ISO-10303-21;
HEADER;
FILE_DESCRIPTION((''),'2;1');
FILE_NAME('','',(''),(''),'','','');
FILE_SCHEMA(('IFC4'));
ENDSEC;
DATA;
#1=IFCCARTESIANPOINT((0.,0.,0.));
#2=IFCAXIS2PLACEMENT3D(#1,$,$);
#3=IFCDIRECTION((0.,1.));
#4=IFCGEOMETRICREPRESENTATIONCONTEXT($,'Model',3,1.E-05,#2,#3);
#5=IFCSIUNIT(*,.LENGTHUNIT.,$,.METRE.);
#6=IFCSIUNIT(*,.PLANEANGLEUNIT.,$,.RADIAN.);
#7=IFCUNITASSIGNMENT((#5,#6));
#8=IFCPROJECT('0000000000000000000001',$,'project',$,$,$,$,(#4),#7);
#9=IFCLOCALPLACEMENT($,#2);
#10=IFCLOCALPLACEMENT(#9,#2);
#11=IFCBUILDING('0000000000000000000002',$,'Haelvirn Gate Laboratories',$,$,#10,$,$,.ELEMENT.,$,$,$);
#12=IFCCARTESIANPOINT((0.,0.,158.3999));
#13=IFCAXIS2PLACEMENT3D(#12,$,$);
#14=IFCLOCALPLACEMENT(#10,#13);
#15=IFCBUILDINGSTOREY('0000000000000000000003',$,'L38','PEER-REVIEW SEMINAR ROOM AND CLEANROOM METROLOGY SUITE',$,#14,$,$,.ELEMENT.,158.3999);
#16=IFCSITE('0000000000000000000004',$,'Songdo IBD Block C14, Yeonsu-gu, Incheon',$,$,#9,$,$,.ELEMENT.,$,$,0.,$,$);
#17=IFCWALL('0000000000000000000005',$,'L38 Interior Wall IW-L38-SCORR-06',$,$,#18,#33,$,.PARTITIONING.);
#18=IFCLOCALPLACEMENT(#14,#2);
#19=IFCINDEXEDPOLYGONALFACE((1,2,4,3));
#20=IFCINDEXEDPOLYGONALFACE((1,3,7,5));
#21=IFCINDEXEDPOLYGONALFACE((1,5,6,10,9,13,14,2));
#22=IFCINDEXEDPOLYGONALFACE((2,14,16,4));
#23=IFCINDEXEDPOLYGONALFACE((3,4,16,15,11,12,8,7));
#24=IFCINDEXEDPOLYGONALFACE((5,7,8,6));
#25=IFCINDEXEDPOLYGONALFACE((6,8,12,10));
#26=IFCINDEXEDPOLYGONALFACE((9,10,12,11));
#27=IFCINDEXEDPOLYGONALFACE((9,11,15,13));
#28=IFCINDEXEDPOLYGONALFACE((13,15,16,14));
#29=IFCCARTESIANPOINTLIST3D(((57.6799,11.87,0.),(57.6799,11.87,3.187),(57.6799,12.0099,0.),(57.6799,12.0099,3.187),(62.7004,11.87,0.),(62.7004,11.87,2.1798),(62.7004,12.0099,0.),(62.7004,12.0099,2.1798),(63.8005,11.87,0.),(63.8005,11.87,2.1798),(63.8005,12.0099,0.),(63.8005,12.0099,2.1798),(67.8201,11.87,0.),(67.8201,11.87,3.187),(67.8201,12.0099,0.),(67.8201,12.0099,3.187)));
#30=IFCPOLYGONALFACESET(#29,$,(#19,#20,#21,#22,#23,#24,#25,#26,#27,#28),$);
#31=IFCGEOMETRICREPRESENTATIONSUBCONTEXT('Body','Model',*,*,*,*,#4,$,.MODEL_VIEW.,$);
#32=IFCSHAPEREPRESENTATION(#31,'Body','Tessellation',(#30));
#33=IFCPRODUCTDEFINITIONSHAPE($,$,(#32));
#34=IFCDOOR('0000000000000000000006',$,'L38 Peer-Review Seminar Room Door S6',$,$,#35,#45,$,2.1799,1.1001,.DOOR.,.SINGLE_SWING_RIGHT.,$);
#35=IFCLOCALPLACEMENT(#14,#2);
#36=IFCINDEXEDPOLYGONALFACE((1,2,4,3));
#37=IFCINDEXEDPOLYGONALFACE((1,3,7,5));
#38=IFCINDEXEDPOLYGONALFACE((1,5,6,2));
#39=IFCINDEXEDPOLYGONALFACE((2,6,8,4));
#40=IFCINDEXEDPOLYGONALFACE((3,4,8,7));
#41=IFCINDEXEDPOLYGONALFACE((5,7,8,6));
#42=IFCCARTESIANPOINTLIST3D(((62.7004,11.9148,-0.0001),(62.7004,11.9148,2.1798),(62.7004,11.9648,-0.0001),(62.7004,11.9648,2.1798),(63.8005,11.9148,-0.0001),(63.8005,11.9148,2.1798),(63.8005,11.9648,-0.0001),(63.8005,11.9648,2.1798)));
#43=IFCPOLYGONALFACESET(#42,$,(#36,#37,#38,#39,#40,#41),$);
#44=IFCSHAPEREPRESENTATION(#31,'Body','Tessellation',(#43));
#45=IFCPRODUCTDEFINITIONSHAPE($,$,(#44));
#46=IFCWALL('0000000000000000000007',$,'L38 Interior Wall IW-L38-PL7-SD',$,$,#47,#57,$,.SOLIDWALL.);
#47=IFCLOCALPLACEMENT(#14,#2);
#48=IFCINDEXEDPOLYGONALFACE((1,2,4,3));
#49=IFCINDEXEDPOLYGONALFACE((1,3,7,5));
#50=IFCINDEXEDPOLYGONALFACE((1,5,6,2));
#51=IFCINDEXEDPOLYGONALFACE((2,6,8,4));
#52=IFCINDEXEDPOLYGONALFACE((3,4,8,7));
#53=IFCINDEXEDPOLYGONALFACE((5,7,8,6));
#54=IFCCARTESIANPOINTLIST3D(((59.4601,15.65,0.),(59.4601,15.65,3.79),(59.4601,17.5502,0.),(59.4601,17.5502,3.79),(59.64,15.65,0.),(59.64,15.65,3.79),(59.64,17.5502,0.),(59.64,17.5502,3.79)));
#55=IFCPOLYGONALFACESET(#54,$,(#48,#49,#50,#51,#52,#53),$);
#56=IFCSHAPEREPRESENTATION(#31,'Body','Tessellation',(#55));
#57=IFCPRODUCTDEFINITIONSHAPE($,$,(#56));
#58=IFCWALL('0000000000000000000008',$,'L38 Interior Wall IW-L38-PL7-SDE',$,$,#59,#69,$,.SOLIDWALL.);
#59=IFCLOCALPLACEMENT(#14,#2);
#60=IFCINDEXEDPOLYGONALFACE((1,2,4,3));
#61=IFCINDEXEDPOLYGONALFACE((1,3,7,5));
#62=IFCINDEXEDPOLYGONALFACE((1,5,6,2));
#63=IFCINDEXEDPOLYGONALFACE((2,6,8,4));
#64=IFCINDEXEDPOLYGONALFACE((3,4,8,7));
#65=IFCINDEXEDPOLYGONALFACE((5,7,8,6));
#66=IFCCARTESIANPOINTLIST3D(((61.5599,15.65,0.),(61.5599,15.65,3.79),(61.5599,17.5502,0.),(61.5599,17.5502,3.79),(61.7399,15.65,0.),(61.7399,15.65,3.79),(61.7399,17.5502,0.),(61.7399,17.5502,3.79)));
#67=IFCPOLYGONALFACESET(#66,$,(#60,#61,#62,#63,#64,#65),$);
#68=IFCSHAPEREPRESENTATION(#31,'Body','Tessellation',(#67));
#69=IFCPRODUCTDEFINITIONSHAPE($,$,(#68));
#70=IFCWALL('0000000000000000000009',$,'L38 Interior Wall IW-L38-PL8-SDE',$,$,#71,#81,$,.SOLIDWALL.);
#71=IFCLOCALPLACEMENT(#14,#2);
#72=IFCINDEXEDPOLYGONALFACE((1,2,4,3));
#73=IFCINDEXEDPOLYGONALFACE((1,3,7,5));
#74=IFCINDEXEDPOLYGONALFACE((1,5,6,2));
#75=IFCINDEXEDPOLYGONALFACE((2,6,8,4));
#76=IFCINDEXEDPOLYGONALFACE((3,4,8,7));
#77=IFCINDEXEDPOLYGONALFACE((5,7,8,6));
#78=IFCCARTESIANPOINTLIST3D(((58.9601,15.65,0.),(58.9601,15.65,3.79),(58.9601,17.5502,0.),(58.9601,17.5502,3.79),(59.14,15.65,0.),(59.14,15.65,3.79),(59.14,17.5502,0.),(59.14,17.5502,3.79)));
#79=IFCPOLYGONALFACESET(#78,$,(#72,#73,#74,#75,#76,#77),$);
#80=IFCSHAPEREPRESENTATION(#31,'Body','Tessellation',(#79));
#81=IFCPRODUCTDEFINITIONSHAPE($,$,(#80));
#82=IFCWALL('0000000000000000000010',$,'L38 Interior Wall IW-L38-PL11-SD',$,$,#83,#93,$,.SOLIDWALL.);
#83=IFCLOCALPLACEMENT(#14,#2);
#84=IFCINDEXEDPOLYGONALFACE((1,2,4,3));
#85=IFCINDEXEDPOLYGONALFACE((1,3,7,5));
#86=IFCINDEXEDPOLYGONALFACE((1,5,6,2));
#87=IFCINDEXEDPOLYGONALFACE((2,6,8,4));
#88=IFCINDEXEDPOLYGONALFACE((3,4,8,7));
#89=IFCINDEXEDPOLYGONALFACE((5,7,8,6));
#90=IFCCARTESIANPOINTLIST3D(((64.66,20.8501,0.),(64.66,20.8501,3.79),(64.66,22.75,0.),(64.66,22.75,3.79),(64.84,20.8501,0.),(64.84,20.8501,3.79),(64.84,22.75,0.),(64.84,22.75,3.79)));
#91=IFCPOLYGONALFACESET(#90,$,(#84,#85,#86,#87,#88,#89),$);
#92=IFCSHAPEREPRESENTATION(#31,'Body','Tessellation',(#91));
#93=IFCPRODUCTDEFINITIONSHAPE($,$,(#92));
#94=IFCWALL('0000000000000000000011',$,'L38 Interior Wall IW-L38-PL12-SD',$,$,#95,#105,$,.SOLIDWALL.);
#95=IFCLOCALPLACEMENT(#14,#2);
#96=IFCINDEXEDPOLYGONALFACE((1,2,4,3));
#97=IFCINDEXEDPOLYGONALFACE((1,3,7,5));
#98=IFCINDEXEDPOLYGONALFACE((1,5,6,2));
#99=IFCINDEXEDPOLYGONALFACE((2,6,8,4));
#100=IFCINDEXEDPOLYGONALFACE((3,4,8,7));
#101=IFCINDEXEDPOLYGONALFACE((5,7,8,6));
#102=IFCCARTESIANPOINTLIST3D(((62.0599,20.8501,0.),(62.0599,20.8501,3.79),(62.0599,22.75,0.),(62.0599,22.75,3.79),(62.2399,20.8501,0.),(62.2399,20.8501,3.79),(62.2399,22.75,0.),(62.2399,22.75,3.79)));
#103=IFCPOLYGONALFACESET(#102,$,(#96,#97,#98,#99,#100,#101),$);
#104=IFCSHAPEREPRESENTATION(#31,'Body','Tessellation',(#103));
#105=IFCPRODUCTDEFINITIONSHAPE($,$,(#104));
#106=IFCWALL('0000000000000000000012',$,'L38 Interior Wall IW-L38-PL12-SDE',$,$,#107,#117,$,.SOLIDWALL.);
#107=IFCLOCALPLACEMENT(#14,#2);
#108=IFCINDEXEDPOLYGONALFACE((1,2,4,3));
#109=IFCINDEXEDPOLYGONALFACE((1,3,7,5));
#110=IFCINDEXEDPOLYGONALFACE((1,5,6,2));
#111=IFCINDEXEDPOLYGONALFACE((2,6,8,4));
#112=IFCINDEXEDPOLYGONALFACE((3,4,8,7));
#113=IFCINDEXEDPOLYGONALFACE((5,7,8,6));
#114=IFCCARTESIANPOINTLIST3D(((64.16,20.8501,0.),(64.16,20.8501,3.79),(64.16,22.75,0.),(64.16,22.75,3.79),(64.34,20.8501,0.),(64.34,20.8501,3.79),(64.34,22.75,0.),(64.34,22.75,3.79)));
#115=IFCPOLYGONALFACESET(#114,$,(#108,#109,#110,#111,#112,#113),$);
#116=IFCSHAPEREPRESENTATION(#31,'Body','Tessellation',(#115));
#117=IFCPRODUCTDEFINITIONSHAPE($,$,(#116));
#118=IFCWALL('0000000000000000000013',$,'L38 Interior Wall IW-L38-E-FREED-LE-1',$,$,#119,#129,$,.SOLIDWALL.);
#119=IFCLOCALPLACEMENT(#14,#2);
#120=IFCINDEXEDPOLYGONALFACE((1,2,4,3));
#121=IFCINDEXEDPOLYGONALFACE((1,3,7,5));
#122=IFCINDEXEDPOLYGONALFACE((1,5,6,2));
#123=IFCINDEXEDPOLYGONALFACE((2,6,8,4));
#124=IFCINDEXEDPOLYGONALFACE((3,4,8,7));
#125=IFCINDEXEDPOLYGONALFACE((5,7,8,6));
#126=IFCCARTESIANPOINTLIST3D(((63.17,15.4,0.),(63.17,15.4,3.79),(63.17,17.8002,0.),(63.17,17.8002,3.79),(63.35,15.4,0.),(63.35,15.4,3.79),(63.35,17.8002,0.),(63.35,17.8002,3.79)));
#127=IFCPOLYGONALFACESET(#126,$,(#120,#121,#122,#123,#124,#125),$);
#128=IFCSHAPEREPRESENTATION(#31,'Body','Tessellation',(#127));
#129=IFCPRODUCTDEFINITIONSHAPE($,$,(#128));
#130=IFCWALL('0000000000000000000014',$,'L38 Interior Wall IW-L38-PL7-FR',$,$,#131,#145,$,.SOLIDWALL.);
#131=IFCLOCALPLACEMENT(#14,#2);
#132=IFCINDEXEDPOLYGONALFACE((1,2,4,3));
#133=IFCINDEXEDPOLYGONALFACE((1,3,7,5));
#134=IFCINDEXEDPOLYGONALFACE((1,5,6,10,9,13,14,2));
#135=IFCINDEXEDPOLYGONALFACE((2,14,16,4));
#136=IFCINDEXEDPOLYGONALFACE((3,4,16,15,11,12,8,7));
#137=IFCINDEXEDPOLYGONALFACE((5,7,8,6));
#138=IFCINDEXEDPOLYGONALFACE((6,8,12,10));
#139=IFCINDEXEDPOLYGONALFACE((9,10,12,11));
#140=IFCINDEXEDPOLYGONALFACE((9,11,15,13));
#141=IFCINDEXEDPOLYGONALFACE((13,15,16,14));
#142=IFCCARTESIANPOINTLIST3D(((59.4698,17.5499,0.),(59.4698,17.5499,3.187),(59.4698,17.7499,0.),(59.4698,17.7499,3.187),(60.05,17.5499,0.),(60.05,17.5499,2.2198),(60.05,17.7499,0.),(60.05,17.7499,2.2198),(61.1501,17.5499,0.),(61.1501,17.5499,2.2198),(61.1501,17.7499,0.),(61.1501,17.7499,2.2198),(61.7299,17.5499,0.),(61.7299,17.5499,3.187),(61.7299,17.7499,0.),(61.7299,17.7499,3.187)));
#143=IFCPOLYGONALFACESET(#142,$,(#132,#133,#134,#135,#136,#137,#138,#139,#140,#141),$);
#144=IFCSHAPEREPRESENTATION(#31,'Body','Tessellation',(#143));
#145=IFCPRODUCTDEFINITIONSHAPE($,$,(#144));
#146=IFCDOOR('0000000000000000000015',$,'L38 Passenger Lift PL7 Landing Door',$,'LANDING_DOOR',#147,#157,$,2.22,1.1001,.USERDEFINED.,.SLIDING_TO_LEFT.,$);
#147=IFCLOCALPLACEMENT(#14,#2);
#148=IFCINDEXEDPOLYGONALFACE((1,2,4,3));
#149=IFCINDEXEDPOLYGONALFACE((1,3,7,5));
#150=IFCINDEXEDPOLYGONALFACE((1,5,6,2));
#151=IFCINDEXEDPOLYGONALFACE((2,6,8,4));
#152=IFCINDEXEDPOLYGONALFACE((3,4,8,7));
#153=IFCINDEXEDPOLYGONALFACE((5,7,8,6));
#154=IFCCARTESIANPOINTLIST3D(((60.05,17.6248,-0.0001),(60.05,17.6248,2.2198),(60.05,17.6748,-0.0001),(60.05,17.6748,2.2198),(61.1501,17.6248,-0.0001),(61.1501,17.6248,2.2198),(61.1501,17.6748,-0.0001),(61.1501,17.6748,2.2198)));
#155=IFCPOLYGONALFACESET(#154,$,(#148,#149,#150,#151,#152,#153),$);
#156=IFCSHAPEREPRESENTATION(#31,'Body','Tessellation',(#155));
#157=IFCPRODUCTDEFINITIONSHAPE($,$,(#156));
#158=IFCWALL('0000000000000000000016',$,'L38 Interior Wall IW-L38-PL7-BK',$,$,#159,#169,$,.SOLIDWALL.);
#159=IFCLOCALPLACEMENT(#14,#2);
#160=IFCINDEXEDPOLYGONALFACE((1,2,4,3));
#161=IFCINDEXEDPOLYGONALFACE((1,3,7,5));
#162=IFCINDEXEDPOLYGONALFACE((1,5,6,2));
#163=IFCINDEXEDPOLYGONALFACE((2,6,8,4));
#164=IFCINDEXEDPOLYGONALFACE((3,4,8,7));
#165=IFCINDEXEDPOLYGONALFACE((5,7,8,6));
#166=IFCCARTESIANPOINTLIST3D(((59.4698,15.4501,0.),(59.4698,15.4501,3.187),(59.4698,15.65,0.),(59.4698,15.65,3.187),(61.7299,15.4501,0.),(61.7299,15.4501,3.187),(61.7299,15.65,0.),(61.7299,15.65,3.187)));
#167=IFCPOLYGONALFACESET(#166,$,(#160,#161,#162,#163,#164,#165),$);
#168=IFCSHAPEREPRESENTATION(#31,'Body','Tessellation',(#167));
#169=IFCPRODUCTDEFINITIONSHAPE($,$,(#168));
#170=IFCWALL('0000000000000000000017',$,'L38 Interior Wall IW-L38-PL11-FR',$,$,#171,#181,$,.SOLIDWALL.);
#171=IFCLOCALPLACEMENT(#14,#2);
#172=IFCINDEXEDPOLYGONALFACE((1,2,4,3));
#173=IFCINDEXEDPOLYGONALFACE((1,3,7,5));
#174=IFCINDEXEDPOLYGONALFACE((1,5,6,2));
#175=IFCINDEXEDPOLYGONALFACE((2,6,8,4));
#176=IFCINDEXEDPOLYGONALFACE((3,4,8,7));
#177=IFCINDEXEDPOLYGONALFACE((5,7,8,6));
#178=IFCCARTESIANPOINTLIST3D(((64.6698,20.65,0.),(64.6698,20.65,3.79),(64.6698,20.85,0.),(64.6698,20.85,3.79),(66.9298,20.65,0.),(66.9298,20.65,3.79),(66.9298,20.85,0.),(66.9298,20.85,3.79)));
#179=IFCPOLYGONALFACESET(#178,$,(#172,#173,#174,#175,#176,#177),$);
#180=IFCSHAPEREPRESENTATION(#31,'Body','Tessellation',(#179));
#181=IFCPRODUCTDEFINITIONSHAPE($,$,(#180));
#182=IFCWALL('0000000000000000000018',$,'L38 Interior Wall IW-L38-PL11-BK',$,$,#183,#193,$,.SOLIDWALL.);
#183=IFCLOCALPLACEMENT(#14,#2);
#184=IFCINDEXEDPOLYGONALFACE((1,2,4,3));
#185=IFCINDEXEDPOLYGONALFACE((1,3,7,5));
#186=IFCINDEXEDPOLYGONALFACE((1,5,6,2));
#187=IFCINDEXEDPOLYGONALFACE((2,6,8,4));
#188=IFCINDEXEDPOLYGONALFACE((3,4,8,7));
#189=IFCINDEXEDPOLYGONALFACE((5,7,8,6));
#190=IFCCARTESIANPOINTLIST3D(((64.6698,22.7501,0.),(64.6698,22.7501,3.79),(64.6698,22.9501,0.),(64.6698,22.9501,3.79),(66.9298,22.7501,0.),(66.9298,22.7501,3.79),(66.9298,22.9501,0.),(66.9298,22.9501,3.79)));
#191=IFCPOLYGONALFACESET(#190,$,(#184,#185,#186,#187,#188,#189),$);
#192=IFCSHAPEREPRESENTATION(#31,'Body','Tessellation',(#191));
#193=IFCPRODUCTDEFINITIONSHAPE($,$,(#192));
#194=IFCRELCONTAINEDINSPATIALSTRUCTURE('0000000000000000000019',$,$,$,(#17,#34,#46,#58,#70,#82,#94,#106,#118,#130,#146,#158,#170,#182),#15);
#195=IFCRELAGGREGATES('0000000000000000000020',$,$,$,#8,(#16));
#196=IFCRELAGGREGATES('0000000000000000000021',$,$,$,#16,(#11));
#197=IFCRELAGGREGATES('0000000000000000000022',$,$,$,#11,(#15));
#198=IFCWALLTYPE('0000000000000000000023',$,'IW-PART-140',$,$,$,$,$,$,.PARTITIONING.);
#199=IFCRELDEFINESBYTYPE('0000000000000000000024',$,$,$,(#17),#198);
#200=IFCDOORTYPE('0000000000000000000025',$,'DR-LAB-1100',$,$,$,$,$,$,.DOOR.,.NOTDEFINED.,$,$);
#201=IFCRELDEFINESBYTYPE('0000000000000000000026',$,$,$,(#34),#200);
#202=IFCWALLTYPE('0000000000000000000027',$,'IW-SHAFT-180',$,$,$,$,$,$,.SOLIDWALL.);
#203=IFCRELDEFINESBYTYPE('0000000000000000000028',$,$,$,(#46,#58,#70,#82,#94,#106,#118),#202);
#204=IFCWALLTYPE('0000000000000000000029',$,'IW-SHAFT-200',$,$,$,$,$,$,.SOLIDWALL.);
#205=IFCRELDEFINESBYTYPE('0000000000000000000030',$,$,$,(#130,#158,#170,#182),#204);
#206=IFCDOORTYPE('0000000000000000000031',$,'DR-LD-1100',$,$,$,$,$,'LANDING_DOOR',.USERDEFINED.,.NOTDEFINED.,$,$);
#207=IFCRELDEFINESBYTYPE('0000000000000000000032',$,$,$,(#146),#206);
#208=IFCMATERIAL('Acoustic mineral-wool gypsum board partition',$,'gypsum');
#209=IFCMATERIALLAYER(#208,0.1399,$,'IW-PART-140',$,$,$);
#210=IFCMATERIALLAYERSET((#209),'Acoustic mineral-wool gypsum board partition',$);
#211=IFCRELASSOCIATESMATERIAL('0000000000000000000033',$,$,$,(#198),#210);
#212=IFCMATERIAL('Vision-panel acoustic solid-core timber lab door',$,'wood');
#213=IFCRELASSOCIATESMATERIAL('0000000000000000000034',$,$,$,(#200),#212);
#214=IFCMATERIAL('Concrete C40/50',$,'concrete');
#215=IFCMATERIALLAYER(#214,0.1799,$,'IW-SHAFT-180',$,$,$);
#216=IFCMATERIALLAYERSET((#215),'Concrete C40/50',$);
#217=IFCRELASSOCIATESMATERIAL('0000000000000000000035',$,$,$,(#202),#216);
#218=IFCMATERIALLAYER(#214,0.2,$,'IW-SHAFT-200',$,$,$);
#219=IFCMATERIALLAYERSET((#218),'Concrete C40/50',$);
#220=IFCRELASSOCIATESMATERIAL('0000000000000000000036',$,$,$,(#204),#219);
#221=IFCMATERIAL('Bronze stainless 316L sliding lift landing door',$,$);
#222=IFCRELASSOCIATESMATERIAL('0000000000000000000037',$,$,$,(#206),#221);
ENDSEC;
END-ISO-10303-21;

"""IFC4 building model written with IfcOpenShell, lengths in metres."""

from ifc_helpers import new_model, si_unit, direction, frame, frame_2d, origin, place, context, subcontext, project, spatial, rectangle, extrude, source, transform, mapped, material, layer, layer_set, type_object, type_shapes, element, fill, save


model = new_model("IFC4")

# Units and contexts
model_context = context("Model", 3, precision=1e-05, world=origin(), true_north=direction((0.0, 1.0)))
body_context = subcontext(model_context, "Body", "Model", "MODEL_VIEW")
ifc_project = project(units=[si_unit("LENGTHUNIT", "METRE"), si_unit("PLANEANGLEUNIT", "RADIAN")], contexts=[model_context])

# Site, building, storey
site_placement = place(None, origin())
site = spatial("IfcSite", under=ifc_project, at=site_placement, Name="Songdo IBD Block C14, Yeonsu-gu, Incheon", CompositionType="ELEMENT", RefElevation=0.0)
building_placement = place(site_placement, origin())
building = spatial("IfcBuilding", under=site, at=building_placement, Name="Haelvirn Gate Laboratories", CompositionType="ELEMENT")
storey_placement = place(building_placement, frame((0.0, 0.0, 158.3999)))
storey = spatial("IfcBuildingStorey", under=building, at=storey_placement, Name="L38", Description="PEER-REVIEW SEMINAR ROOM AND CLEANROOM METROLOGY SUITE", CompositionType="ELEMENT", Elevation=158.3999)

# Wall, opening, door
ifc_material_1 = material(Name="Acoustic mineral-wool gypsum board partition", Category="gypsum")
ifc_layer_1 = layer(ifc_material_1, 0.1399, Name="IW-PART-140")
ifc_layer_set_1 = layer_set([ifc_layer_1], Name="Acoustic mineral-wool gypsum board partition")
wall_type_1 = type_object("IfcWallType", Name="IW-PART-140", PredefinedType="PARTITIONING", material=ifc_layer_set_1)
wall_1_placement = place(storey_placement, frame((57.6799, 11.9399, 0.0), z_axis=(0.0, 0.0, 1.0), x_axis=(1.0, 0.0, 0.0)))
wall_1 = element("IfcWall", 1, at=wall_1_placement, inside=storey, type_object=wall_type_1, Name="L38 Interior Wall IW-L38-SCORR-06", PredefinedType="PARTITIONING", context=body_context, shape_type="SweptSolid", body=[
    extrude(rectangle(XDim=10.1401, YDim=0.1399, at=frame_2d((5.0701, 0.0))), origin(), (0.0, 0.0, 1.0), 3.187),
])
opening_1_placement = place(wall_1_placement, frame((5.0205, 0.0, 0.0)))
opening_1 = element("IfcOpeningElement", 2, at=opening_1_placement, cuts=wall_1, PredefinedType="OPENING", context=body_context, shape_type="SweptSolid", body=[
    extrude(rectangle(XDim=1.1001, YDim=2.1799, at=frame_2d((0.55, 1.0898))), frame((0.0, 0.0801, 0.0), z_axis=(0.0, -1.0, 0.0), x_axis=(1.0, 0.0, 0.0)), (0.0, 0.0, 1.0), 0.1599),
])
ifc_material_2 = material(Name="Vision-panel acoustic solid-core timber lab door", Category="wood")
door_type_1 = type_object("IfcDoorType", Name="DR-LAB-1100", OperationType="NOTDEFINED", PredefinedType="DOOR", material=ifc_material_2)
shared_shape_1 = source(origin(), body_context, "Body", "SweptSolid", [
    extrude(rectangle(XDim=1.1001, YDim=2.1799, at=frame_2d((0.55, 1.0898))), frame((0.0, 0.0249, 0.0), z_axis=(0.0, -1.0, 0.0), x_axis=(1.0, 0.0, 0.0)), (0.0, 0.0, 1.0), 0.05),
])
type_shapes(door_type_1, [shared_shape_1])
door_1_placement = place(opening_1_placement, origin())
door_1 = element("IfcDoor", 3, at=door_1_placement, inside=storey, type_object=door_type_1, Name="L38 Peer-Review Seminar Room Door S6", OperationType="SINGLE_SWING_RIGHT", OverallHeight=2.1799, OverallWidth=1.1001, PredefinedType="DOOR", context=body_context, shape_type="MappedRepresentation", body=[
    mapped(shared_shape_1, transform((0.0, 0.0, 0.0), scale=1.0)),
])
fill(opening_1, door_1)

# Walls
ifc_material_3 = material(Name="Concrete C40/50", Category="concrete")
ifc_layer_2 = layer(ifc_material_3, 0.1799, Name="IW-SHAFT-180")
ifc_layer_set_2 = layer_set([ifc_layer_2], Name="Concrete C40/50")
wall_type_2 = type_object("IfcWallType", Name="IW-SHAFT-180", PredefinedType="SOLIDWALL", material=ifc_layer_set_2)
for number, where, z_axis, x_axis, name in (
    (4, (59.55, 15.6499, 0.0), (0.0, 0.0, 1.0), (0.0, 1.0, 0.0), "L38 Interior Wall IW-L38-PL7-SD"),
    (5, (61.6499, 15.6499, 0.0), (0.0, 0.0, 1.0), (0.0, 1.0, 0.0), "L38 Interior Wall IW-L38-PL7-SDE"),
    (6, (59.05, 15.6499, 0.0), (0.0, 0.0, 1.0), (0.0, 1.0, 0.0), "L38 Interior Wall IW-L38-PL8-SDE"),
):
    element("IfcWall", number, at=place(storey_placement, frame(where, z_axis=z_axis, x_axis=x_axis)), inside=storey, type_object=wall_type_2, Name=name, PredefinedType="SOLIDWALL", context=body_context, shape_type="SweptSolid", body=[
        extrude(rectangle(XDim=1.9001, YDim=0.1799, at=frame_2d((0.9502, 0.0))), origin(), (0.0, 0.0, 1.0), 3.79),
    ])
for number, where, z_axis, x_axis, name in (
    (7, (64.75, 20.8501, 0.0), (0.0, 0.0, 1.0), (0.0, 1.0, 0.0), "L38 Interior Wall IW-L38-PL11-SD"),
    (8, (62.1499, 20.8501, 0.0), (0.0, 0.0, 1.0), (0.0, 1.0, 0.0), "L38 Interior Wall IW-L38-PL12-SD"),
    (9, (64.25, 20.8501, 0.0), (0.0, 0.0, 1.0), (0.0, 1.0, 0.0), "L38 Interior Wall IW-L38-PL12-SDE"),
):
    element("IfcWall", number, at=place(storey_placement, frame(where, z_axis=z_axis, x_axis=x_axis)), inside=storey, type_object=wall_type_2, Name=name, PredefinedType="SOLIDWALL", context=body_context, shape_type="SweptSolid", body=[
        extrude(rectangle(XDim=1.8999, YDim=0.1799, at=frame_2d((0.95, 0.0))), origin(), (0.0, 0.0, 1.0), 3.79),
    ])

# Wall
wall_2_placement = place(storey_placement, frame((63.26, 15.3999, 0.0), z_axis=(0.0, 0.0, 1.0), x_axis=(0.0, 1.0, 0.0)))
element("IfcWall", 10, at=wall_2_placement, inside=storey, type_object=wall_type_2, Name="L38 Interior Wall IW-L38-E-FREED-LE-1", PredefinedType="SOLIDWALL", context=body_context, shape_type="SweptSolid", body=[
    extrude(rectangle(XDim=2.4001, YDim=0.1799, at=frame_2d((1.2002, 0.0))), origin(), (0.0, 0.0, 1.0), 3.79),
])

# Wall, opening, door
ifc_layer_3 = layer(ifc_material_3, 0.2, Name="IW-SHAFT-200")
ifc_layer_set_3 = layer_set([ifc_layer_3], Name="Concrete C40/50")
wall_type_3 = type_object("IfcWallType", Name="IW-SHAFT-200", PredefinedType="SOLIDWALL", material=ifc_layer_set_3)
wall_3_placement = place(storey_placement, frame((59.47, 17.6499, 0.0), z_axis=(0.0, 0.0, 1.0), x_axis=(1.0, 0.0, 0.0)))
wall_3 = element("IfcWall", 11, at=wall_3_placement, inside=storey, type_object=wall_type_3, Name="L38 Interior Wall IW-L38-PL7-FR", PredefinedType="SOLIDWALL", context=body_context, shape_type="SweptSolid", body=[
    extrude(rectangle(XDim=2.26, YDim=0.2, at=frame_2d((1.1299, 0.0))), origin(), (0.0, 0.0, 1.0), 3.187),
])
opening_2_placement = place(wall_3_placement, frame((0.5801, 0.0, 0.0)))
opening_2 = element("IfcOpeningElement", 12, at=opening_2_placement, cuts=wall_3, PredefinedType="OPENING", context=body_context, shape_type="SweptSolid", body=[
    extrude(rectangle(XDim=1.1001, YDim=2.22, at=frame_2d((0.55, 1.1099))), frame((0.0, 0.1099, 0.0), z_axis=(0.0, -1.0, 0.0), x_axis=(1.0, 0.0, 0.0)), (0.0, 0.0, 1.0), 0.22),
])
ifc_material_4 = material(Name="Bronze stainless 316L sliding lift landing door")
door_type_2 = type_object("IfcDoorType", Name="DR-LD-1100", ElementType="LANDING_DOOR", OperationType="NOTDEFINED", PredefinedType="USERDEFINED", material=ifc_material_4)
shared_shape_2 = source(origin(), body_context, "Body", "SweptSolid", [
    extrude(rectangle(XDim=1.1001, YDim=2.22, at=frame_2d((0.55, 1.1099))), frame((0.0, 0.0249, 0.0), z_axis=(0.0, -1.0, 0.0), x_axis=(1.0, 0.0, 0.0)), (0.0, 0.0, 1.0), 0.05),
])
type_shapes(door_type_2, [shared_shape_2])
door_2_placement = place(opening_2_placement, origin())
door_2 = element("IfcDoor", 13, at=door_2_placement, inside=storey, type_object=door_type_2, Name="L38 Passenger Lift PL7 Landing Door", ObjectType="LANDING_DOOR", OperationType="SLIDING_TO_LEFT", OverallHeight=2.22, OverallWidth=1.1001, PredefinedType="USERDEFINED", context=body_context, shape_type="MappedRepresentation", body=[
    mapped(shared_shape_2, transform((0.0, 0.0, 0.0), scale=1.0)),
])
fill(opening_2, door_2)

# Walls
wall_4_placement = place(storey_placement, frame((59.47, 15.55, 0.0), z_axis=(0.0, 0.0, 1.0), x_axis=(1.0, 0.0, 0.0)))
element("IfcWall", 14, at=wall_4_placement, inside=storey, type_object=wall_type_3, Name="L38 Interior Wall IW-L38-PL7-BK", PredefinedType="SOLIDWALL", context=body_context, shape_type="SweptSolid", body=[
    extrude(rectangle(XDim=2.26, YDim=0.2, at=frame_2d((1.1299, 0.0))), origin(), (0.0, 0.0, 1.0), 3.187),
])
for number, where, z_axis, x_axis, name in (
    (15, (64.6699, 20.75, 0.0), (0.0, 0.0, 1.0), (1.0, 0.0, 0.0), "L38 Interior Wall IW-L38-PL11-FR"),
    (16, (64.6699, 22.8501, 0.0), (0.0, 0.0, 1.0), (1.0, 0.0, 0.0), "L38 Interior Wall IW-L38-PL11-BK"),
):
    element("IfcWall", number, at=place(storey_placement, frame(where, z_axis=z_axis, x_axis=x_axis)), inside=storey, type_object=wall_type_3, Name=name, PredefinedType="SOLIDWALL", context=body_context, shape_type="SweptSolid", body=[
        extrude(rectangle(XDim=2.26, YDim=0.2, at=frame_2d((1.1299, 0.0))), origin(), (0.0, 0.0, 1.0), 3.79),
    ])

save(model, "model.ifc")
